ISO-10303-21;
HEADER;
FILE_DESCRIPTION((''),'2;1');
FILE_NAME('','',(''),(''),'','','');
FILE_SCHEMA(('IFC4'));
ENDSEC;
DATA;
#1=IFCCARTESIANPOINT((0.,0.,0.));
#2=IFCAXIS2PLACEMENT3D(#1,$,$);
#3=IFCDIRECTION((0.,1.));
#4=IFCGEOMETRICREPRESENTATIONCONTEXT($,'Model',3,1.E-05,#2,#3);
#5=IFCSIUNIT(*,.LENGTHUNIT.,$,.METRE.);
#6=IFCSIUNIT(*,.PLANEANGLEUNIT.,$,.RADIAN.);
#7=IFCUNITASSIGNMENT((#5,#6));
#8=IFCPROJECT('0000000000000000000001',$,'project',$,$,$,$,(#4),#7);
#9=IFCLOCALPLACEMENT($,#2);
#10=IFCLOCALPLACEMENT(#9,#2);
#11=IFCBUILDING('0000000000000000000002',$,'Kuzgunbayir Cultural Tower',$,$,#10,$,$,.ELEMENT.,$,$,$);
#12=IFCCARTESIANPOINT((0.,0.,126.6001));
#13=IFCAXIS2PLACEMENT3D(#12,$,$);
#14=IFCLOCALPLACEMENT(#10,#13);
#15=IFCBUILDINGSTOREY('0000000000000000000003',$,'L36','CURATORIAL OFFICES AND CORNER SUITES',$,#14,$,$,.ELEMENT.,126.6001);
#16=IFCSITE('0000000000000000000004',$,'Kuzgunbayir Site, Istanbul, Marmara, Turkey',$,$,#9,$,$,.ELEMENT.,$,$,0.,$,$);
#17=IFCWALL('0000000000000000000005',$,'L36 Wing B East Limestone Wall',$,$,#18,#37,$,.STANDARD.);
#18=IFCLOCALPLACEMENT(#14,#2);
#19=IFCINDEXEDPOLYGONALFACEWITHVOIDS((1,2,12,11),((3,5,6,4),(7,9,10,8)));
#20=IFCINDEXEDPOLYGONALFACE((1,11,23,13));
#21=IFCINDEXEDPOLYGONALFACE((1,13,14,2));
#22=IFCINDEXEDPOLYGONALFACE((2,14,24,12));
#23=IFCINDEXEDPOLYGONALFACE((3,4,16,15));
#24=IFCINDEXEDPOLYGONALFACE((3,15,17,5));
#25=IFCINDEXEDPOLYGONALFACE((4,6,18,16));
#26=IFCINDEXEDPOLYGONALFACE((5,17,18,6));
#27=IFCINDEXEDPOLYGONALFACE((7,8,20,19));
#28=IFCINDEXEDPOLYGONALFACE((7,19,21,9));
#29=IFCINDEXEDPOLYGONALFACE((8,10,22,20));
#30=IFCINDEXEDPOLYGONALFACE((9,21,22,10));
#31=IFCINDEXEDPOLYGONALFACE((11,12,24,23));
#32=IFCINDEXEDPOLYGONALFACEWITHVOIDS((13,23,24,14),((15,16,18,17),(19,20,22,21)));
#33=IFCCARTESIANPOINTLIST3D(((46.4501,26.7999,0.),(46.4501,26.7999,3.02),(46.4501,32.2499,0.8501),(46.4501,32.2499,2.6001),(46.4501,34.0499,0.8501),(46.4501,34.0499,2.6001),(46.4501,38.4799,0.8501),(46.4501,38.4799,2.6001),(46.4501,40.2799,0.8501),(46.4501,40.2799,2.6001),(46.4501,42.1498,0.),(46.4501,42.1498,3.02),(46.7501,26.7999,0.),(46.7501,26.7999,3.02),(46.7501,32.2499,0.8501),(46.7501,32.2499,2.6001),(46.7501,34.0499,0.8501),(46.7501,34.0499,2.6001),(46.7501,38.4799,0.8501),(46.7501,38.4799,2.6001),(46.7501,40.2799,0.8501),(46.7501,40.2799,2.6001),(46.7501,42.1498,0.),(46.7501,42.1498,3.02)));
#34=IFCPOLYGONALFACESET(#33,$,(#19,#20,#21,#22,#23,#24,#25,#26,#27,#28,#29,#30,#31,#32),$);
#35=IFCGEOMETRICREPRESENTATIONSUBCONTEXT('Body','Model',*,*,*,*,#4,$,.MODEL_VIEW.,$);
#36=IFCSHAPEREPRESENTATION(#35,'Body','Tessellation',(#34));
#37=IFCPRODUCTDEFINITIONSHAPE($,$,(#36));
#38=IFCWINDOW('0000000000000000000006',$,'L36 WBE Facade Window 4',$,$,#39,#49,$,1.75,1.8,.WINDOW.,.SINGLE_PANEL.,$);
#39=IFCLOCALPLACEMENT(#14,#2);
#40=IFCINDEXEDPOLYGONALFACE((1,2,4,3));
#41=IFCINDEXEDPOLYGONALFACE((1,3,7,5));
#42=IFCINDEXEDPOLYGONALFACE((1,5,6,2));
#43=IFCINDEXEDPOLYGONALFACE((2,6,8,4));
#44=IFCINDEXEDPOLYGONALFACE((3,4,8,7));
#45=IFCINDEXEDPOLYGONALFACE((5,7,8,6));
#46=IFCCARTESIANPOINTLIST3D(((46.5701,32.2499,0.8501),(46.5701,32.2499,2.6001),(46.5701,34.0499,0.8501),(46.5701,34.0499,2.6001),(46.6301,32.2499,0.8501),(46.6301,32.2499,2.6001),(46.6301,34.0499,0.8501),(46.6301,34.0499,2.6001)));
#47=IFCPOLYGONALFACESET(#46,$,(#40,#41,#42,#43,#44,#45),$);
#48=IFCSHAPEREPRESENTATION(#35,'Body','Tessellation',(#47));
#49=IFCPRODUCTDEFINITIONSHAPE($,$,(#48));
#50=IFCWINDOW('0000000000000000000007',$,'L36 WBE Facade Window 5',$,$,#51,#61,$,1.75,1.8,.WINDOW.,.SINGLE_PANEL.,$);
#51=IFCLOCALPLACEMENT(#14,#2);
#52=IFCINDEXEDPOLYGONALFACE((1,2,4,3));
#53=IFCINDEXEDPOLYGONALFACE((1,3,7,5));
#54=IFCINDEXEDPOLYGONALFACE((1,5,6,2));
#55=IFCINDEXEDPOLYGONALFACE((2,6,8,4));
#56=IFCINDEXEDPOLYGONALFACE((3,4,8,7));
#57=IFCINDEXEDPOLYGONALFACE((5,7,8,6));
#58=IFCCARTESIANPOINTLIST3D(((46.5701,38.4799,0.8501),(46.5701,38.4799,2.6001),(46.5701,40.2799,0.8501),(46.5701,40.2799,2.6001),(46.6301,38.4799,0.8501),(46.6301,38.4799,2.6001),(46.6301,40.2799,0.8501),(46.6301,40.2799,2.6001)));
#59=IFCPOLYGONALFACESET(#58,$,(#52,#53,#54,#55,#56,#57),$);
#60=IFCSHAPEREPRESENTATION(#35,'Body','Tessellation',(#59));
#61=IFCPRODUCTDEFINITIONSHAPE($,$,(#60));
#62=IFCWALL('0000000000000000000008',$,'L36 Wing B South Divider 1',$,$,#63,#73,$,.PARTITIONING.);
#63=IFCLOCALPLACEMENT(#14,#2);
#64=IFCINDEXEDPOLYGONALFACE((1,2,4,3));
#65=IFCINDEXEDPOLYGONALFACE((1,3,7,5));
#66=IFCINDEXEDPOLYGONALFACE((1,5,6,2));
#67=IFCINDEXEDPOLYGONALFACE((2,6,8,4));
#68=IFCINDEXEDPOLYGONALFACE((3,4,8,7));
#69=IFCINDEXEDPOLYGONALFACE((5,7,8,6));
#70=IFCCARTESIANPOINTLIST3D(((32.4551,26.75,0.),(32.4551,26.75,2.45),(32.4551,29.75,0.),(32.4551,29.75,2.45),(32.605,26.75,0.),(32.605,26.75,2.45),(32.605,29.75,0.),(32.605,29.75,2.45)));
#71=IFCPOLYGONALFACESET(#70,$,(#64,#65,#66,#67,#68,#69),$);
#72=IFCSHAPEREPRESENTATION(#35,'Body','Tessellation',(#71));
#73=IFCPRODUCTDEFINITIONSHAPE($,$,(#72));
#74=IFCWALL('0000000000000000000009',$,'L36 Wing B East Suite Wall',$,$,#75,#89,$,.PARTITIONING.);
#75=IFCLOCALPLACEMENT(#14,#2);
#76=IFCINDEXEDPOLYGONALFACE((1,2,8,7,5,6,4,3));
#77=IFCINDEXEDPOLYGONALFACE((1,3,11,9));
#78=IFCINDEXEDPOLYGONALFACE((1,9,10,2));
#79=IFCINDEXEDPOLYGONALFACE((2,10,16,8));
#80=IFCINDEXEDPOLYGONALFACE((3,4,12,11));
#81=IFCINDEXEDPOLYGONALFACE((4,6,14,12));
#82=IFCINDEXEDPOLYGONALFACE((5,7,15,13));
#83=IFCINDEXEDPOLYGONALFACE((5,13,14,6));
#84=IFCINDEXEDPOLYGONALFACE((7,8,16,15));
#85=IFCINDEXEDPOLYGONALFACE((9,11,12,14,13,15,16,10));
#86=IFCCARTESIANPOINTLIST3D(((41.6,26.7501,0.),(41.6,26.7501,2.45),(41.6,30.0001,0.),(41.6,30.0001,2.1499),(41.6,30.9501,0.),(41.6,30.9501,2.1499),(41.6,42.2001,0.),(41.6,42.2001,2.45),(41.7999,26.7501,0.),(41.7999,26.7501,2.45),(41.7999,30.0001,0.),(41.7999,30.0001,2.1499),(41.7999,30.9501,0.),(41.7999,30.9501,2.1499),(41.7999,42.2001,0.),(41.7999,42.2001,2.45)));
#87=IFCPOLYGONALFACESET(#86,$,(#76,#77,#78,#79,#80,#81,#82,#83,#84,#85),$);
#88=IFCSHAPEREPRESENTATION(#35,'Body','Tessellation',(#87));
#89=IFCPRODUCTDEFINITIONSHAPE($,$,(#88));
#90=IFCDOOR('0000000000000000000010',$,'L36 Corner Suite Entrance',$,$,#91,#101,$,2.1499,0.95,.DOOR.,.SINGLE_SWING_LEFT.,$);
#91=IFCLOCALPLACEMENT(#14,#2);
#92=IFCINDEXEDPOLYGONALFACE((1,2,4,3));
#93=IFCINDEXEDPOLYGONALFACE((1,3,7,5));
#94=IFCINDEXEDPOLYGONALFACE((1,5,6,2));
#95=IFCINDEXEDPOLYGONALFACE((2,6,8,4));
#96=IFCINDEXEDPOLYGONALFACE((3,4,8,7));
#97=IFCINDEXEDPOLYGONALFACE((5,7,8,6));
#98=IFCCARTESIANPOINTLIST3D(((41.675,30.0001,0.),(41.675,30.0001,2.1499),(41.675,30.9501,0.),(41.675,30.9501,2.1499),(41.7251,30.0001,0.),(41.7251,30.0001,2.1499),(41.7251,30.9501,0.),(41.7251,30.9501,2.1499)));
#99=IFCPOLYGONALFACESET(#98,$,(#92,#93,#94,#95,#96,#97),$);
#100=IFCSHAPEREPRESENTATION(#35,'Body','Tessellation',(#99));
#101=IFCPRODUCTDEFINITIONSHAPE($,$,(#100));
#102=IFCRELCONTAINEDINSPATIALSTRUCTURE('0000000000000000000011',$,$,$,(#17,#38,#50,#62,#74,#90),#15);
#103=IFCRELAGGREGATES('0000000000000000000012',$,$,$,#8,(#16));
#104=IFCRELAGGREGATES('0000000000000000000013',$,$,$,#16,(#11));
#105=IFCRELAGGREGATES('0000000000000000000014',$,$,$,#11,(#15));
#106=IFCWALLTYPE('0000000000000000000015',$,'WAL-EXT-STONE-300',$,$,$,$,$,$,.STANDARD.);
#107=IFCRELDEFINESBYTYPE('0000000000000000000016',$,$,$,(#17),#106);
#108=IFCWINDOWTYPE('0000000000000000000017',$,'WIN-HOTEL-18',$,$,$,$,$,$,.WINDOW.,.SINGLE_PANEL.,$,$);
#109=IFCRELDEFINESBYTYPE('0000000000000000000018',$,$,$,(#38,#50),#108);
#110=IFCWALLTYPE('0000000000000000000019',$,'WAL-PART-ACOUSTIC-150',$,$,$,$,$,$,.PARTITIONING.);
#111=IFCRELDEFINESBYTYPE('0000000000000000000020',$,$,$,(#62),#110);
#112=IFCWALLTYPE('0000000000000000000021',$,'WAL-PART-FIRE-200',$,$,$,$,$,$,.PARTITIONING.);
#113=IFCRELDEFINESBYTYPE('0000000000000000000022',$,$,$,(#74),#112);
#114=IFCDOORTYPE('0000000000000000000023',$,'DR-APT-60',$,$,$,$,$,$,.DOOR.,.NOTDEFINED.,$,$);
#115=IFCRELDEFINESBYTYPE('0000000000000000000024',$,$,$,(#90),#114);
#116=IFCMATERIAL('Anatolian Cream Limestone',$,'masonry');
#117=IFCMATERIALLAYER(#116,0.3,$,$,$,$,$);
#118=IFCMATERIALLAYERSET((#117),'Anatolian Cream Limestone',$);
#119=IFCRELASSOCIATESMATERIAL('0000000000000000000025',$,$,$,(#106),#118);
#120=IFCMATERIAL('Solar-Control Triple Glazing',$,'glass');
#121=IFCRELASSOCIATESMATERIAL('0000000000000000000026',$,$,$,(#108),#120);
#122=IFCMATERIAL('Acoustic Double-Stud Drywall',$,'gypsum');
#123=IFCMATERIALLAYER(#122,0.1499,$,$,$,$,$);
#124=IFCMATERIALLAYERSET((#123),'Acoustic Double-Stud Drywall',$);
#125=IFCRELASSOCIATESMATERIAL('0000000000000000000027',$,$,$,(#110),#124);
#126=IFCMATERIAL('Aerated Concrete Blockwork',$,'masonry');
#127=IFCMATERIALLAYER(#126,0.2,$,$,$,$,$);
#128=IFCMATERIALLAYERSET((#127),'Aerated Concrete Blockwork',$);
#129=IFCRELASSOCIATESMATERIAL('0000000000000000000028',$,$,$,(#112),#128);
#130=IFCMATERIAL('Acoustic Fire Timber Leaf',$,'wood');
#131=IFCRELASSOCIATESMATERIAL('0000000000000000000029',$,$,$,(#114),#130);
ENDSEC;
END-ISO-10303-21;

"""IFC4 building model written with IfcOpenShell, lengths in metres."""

from ifc_helpers import new_model, si_unit, direction, frame, frame_2d, origin, place, context, subcontext, project, spatial, rectangle, extrude, material, layer, layer_set, type_object, element, fill, save


model = new_model("IFC4")

# Units and contexts
model_context = context("Model", 3, precision=1e-05, world=origin(), true_north=direction((0.0, 1.0)))
body_context = subcontext(model_context, "Body", "Model", "MODEL_VIEW")
ifc_project = project(units=[si_unit("LENGTHUNIT", "METRE"), si_unit("PLANEANGLEUNIT", "RADIAN")], contexts=[model_context])

# Site, building, storey
site_placement = place(None, origin())
site = spatial("IfcSite", under=ifc_project, at=site_placement, Name="Kuzgunbayir Site, Istanbul, Marmara, Turkey", CompositionType="ELEMENT", RefElevation=0.0)
building_placement = place(site_placement, origin())
building = spatial("IfcBuilding", under=site, at=building_placement, Name="Kuzgunbayir Cultural Tower", CompositionType="ELEMENT")
storey_placement = place(building_placement, frame((0.0, 0.0, 126.6001)))
storey = spatial("IfcBuildingStorey", under=building, at=storey_placement, Name="L36", Description="CURATORIAL OFFICES AND CORNER SUITES", CompositionType="ELEMENT", Elevation=126.6001)

# Wall, openings, windows
ifc_material_1 = material(Name="Anatolian Cream Limestone", Category="masonry")
ifc_layer_1 = layer(ifc_material_1, 0.3)
ifc_layer_set_1 = layer_set([ifc_layer_1], Name="Anatolian Cream Limestone")
wall_type_1 = type_object("IfcWallType", Name="WAL-EXT-STONE-300", PredefinedType="STANDARD", material=ifc_layer_set_1)
wall_1_placement = place(storey_placement, frame((46.6001, 26.8, 0.0), z_axis=(0.0, 0.0, 1.0), x_axis=(0.0, 1.0, 0.0)))
wall_1 = element("IfcWall", 1, at=wall_1_placement, inside=storey, type_object=wall_type_1, Name="L36 Wing B East Limestone Wall", PredefinedType="STANDARD", context=body_context, shape_type="SweptSolid", body=[
    extrude(rectangle(XDim=15.3499, YDim=0.3, at=frame_2d((7.6748, 0.0))), origin(), (0.0, 0.0, 1.0), 3.02),
])
opening_1_placement = place(wall_1_placement, frame((5.45, 0.0, 0.8501)))
opening_1 = element("IfcOpeningElement", 2, at=opening_1_placement, cuts=wall_1, PredefinedType="OPENING", context=body_context, shape_type="SweptSolid", body=[
    extrude(rectangle(XDim=1.8, YDim=1.75, at=frame_2d((0.8999, 0.875))), frame((0.0, 0.1602, 0.0), z_axis=(0.0, -1.0, 0.0), x_axis=(1.0, 0.0, 0.0)), (0.0, 0.0, 1.0), 0.3201),
])
opening_2_placement = place(wall_1_placement, frame((11.6799, 0.0, 0.8501)))
opening_2 = element("IfcOpeningElement", 3, at=opening_2_placement, cuts=wall_1, PredefinedType="OPENING", context=body_context, shape_type="SweptSolid", body=[
    extrude(rectangle(XDim=1.8, YDim=1.75, at=frame_2d((0.8999, 0.875))), frame((0.0, 0.1602, 0.0), z_axis=(0.0, -1.0, 0.0), x_axis=(1.0, 0.0, 0.0)), (0.0, 0.0, 1.0), 0.3201),
])
ifc_material_2 = material(Name="Solar-Control Triple Glazing", Category="glass")
window_type = type_object("IfcWindowType", Name="WIN-HOTEL-18", PartitioningType="SINGLE_PANEL", PredefinedType="WINDOW", material=ifc_material_2)
window_1_placement = place(opening_1_placement, origin())
window_1 = element("IfcWindow", 4, at=window_1_placement, inside=storey, type_object=window_type, Name="L36 WBE Facade Window 4", OverallHeight=1.75, OverallWidth=1.8, PartitioningType="SINGLE_PANEL", PredefinedType="WINDOW", context=body_context, shape_type="SweptSolid", body=[
    extrude(rectangle(XDim=1.8, YDim=1.75, at=frame_2d((0.8999, 0.875))), frame((0.0, 0.03, 0.0), z_axis=(0.0, -1.0, 0.0), x_axis=(1.0, 0.0, 0.0)), (0.0, 0.0, 1.0), 0.0601),
])
fill(opening_1, window_1)
window_2_placement = place(opening_2_placement, origin())
window_2 = element("IfcWindow", 5, at=window_2_placement, inside=storey, type_object=window_type, Name="L36 WBE Facade Window 5", OverallHeight=1.75, OverallWidth=1.8, PartitioningType="SINGLE_PANEL", PredefinedType="WINDOW", context=body_context, shape_type="SweptSolid", body=[
    extrude(rectangle(XDim=1.8, YDim=1.75, at=frame_2d((0.8999, 0.875))), frame((0.0, 0.03, 0.0), z_axis=(0.0, -1.0, 0.0), x_axis=(1.0, 0.0, 0.0)), (0.0, 0.0, 1.0), 0.0601),
])
fill(opening_2, window_2)

# Wall
ifc_material_3 = material(Name="Acoustic Double-Stud Drywall", Category="gypsum")
ifc_layer_2 = layer(ifc_material_3, 0.1499)
ifc_layer_set_2 = layer_set([ifc_layer_2], Name="Acoustic Double-Stud Drywall")
wall_type_2 = type_object("IfcWallType", Name="WAL-PART-ACOUSTIC-150", PredefinedType="PARTITIONING", material=ifc_layer_set_2)
wall_2_placement = place(storey_placement, frame((32.53, 26.75, 0.0), z_axis=(0.0, 0.0, 1.0), x_axis=(0.0, 1.0, 0.0)))
element("IfcWall", 6, at=wall_2_placement, inside=storey, type_object=wall_type_2, Name="L36 Wing B South Divider 1", PredefinedType="PARTITIONING", context=body_context, shape_type="SweptSolid", body=[
    extrude(rectangle(XDim=3.0, YDim=0.1499, at=frame_2d((1.5, 0.0))), origin(), (0.0, 0.0, 1.0), 2.45),
])

# Wall, opening, door
ifc_material_4 = material(Name="Aerated Concrete Blockwork", Category="masonry")
ifc_layer_3 = layer(ifc_material_4, 0.2)
ifc_layer_set_3 = layer_set([ifc_layer_3], Name="Aerated Concrete Blockwork")
wall_type_3 = type_object("IfcWallType", Name="WAL-PART-FIRE-200", PredefinedType="PARTITIONING", material=ifc_layer_set_3)
wall_3_placement = place(storey_placement, frame((41.7, 26.75, 0.0), z_axis=(0.0, 0.0, 1.0), x_axis=(0.0, 1.0, 0.0)))
wall_3 = element("IfcWall", 7, at=wall_3_placement, inside=storey, type_object=wall_type_3, Name="L36 Wing B East Suite Wall", PredefinedType="PARTITIONING", context=body_context, shape_type="SweptSolid", body=[
    extrude(rectangle(XDim=15.45, YDim=0.2, at=frame_2d((7.7251, 0.0))), origin(), (0.0, 0.0, 1.0), 2.45),
])
opening_3_placement = place(wall_3_placement, frame((3.25, 0.0, 0.0)))
opening_3 = element("IfcOpeningElement", 8, at=opening_3_placement, cuts=wall_3, PredefinedType="OPENING", context=body_context, shape_type="SweptSolid", body=[
    extrude(rectangle(XDim=0.95, YDim=2.1499, at=frame_2d((0.4751, 1.075))), frame((0.0, 0.1099, 0.0), z_axis=(0.0, -1.0, 0.0), x_axis=(1.0, 0.0, 0.0)), (0.0, 0.0, 1.0), 0.22),
])
ifc_material_5 = material(Name="Acoustic Fire Timber Leaf", Category="wood")
door_type_1 = type_object("IfcDoorType", Name="DR-APT-60", OperationType="NOTDEFINED", PredefinedType="DOOR", material=ifc_material_5)
door_1_placement = place(opening_3_placement, origin())
door_1 = element("IfcDoor", 9, at=door_1_placement, inside=storey, type_object=door_type_1, Name="L36 Corner Suite Entrance", OperationType="SINGLE_SWING_LEFT", OverallHeight=2.1499, OverallWidth=0.95, PredefinedType="DOOR", context=body_context, shape_type="SweptSolid", body=[
    extrude(rectangle(XDim=0.95, YDim=2.1499, at=frame_2d((0.4751, 1.075))), frame((0.0, 0.0249, 0.0), z_axis=(0.0, -1.0, 0.0), x_axis=(1.0, 0.0, 0.0)), (0.0, 0.0, 1.0), 0.05),
])
fill(opening_3, door_1)

save(model, "model.ifc")
